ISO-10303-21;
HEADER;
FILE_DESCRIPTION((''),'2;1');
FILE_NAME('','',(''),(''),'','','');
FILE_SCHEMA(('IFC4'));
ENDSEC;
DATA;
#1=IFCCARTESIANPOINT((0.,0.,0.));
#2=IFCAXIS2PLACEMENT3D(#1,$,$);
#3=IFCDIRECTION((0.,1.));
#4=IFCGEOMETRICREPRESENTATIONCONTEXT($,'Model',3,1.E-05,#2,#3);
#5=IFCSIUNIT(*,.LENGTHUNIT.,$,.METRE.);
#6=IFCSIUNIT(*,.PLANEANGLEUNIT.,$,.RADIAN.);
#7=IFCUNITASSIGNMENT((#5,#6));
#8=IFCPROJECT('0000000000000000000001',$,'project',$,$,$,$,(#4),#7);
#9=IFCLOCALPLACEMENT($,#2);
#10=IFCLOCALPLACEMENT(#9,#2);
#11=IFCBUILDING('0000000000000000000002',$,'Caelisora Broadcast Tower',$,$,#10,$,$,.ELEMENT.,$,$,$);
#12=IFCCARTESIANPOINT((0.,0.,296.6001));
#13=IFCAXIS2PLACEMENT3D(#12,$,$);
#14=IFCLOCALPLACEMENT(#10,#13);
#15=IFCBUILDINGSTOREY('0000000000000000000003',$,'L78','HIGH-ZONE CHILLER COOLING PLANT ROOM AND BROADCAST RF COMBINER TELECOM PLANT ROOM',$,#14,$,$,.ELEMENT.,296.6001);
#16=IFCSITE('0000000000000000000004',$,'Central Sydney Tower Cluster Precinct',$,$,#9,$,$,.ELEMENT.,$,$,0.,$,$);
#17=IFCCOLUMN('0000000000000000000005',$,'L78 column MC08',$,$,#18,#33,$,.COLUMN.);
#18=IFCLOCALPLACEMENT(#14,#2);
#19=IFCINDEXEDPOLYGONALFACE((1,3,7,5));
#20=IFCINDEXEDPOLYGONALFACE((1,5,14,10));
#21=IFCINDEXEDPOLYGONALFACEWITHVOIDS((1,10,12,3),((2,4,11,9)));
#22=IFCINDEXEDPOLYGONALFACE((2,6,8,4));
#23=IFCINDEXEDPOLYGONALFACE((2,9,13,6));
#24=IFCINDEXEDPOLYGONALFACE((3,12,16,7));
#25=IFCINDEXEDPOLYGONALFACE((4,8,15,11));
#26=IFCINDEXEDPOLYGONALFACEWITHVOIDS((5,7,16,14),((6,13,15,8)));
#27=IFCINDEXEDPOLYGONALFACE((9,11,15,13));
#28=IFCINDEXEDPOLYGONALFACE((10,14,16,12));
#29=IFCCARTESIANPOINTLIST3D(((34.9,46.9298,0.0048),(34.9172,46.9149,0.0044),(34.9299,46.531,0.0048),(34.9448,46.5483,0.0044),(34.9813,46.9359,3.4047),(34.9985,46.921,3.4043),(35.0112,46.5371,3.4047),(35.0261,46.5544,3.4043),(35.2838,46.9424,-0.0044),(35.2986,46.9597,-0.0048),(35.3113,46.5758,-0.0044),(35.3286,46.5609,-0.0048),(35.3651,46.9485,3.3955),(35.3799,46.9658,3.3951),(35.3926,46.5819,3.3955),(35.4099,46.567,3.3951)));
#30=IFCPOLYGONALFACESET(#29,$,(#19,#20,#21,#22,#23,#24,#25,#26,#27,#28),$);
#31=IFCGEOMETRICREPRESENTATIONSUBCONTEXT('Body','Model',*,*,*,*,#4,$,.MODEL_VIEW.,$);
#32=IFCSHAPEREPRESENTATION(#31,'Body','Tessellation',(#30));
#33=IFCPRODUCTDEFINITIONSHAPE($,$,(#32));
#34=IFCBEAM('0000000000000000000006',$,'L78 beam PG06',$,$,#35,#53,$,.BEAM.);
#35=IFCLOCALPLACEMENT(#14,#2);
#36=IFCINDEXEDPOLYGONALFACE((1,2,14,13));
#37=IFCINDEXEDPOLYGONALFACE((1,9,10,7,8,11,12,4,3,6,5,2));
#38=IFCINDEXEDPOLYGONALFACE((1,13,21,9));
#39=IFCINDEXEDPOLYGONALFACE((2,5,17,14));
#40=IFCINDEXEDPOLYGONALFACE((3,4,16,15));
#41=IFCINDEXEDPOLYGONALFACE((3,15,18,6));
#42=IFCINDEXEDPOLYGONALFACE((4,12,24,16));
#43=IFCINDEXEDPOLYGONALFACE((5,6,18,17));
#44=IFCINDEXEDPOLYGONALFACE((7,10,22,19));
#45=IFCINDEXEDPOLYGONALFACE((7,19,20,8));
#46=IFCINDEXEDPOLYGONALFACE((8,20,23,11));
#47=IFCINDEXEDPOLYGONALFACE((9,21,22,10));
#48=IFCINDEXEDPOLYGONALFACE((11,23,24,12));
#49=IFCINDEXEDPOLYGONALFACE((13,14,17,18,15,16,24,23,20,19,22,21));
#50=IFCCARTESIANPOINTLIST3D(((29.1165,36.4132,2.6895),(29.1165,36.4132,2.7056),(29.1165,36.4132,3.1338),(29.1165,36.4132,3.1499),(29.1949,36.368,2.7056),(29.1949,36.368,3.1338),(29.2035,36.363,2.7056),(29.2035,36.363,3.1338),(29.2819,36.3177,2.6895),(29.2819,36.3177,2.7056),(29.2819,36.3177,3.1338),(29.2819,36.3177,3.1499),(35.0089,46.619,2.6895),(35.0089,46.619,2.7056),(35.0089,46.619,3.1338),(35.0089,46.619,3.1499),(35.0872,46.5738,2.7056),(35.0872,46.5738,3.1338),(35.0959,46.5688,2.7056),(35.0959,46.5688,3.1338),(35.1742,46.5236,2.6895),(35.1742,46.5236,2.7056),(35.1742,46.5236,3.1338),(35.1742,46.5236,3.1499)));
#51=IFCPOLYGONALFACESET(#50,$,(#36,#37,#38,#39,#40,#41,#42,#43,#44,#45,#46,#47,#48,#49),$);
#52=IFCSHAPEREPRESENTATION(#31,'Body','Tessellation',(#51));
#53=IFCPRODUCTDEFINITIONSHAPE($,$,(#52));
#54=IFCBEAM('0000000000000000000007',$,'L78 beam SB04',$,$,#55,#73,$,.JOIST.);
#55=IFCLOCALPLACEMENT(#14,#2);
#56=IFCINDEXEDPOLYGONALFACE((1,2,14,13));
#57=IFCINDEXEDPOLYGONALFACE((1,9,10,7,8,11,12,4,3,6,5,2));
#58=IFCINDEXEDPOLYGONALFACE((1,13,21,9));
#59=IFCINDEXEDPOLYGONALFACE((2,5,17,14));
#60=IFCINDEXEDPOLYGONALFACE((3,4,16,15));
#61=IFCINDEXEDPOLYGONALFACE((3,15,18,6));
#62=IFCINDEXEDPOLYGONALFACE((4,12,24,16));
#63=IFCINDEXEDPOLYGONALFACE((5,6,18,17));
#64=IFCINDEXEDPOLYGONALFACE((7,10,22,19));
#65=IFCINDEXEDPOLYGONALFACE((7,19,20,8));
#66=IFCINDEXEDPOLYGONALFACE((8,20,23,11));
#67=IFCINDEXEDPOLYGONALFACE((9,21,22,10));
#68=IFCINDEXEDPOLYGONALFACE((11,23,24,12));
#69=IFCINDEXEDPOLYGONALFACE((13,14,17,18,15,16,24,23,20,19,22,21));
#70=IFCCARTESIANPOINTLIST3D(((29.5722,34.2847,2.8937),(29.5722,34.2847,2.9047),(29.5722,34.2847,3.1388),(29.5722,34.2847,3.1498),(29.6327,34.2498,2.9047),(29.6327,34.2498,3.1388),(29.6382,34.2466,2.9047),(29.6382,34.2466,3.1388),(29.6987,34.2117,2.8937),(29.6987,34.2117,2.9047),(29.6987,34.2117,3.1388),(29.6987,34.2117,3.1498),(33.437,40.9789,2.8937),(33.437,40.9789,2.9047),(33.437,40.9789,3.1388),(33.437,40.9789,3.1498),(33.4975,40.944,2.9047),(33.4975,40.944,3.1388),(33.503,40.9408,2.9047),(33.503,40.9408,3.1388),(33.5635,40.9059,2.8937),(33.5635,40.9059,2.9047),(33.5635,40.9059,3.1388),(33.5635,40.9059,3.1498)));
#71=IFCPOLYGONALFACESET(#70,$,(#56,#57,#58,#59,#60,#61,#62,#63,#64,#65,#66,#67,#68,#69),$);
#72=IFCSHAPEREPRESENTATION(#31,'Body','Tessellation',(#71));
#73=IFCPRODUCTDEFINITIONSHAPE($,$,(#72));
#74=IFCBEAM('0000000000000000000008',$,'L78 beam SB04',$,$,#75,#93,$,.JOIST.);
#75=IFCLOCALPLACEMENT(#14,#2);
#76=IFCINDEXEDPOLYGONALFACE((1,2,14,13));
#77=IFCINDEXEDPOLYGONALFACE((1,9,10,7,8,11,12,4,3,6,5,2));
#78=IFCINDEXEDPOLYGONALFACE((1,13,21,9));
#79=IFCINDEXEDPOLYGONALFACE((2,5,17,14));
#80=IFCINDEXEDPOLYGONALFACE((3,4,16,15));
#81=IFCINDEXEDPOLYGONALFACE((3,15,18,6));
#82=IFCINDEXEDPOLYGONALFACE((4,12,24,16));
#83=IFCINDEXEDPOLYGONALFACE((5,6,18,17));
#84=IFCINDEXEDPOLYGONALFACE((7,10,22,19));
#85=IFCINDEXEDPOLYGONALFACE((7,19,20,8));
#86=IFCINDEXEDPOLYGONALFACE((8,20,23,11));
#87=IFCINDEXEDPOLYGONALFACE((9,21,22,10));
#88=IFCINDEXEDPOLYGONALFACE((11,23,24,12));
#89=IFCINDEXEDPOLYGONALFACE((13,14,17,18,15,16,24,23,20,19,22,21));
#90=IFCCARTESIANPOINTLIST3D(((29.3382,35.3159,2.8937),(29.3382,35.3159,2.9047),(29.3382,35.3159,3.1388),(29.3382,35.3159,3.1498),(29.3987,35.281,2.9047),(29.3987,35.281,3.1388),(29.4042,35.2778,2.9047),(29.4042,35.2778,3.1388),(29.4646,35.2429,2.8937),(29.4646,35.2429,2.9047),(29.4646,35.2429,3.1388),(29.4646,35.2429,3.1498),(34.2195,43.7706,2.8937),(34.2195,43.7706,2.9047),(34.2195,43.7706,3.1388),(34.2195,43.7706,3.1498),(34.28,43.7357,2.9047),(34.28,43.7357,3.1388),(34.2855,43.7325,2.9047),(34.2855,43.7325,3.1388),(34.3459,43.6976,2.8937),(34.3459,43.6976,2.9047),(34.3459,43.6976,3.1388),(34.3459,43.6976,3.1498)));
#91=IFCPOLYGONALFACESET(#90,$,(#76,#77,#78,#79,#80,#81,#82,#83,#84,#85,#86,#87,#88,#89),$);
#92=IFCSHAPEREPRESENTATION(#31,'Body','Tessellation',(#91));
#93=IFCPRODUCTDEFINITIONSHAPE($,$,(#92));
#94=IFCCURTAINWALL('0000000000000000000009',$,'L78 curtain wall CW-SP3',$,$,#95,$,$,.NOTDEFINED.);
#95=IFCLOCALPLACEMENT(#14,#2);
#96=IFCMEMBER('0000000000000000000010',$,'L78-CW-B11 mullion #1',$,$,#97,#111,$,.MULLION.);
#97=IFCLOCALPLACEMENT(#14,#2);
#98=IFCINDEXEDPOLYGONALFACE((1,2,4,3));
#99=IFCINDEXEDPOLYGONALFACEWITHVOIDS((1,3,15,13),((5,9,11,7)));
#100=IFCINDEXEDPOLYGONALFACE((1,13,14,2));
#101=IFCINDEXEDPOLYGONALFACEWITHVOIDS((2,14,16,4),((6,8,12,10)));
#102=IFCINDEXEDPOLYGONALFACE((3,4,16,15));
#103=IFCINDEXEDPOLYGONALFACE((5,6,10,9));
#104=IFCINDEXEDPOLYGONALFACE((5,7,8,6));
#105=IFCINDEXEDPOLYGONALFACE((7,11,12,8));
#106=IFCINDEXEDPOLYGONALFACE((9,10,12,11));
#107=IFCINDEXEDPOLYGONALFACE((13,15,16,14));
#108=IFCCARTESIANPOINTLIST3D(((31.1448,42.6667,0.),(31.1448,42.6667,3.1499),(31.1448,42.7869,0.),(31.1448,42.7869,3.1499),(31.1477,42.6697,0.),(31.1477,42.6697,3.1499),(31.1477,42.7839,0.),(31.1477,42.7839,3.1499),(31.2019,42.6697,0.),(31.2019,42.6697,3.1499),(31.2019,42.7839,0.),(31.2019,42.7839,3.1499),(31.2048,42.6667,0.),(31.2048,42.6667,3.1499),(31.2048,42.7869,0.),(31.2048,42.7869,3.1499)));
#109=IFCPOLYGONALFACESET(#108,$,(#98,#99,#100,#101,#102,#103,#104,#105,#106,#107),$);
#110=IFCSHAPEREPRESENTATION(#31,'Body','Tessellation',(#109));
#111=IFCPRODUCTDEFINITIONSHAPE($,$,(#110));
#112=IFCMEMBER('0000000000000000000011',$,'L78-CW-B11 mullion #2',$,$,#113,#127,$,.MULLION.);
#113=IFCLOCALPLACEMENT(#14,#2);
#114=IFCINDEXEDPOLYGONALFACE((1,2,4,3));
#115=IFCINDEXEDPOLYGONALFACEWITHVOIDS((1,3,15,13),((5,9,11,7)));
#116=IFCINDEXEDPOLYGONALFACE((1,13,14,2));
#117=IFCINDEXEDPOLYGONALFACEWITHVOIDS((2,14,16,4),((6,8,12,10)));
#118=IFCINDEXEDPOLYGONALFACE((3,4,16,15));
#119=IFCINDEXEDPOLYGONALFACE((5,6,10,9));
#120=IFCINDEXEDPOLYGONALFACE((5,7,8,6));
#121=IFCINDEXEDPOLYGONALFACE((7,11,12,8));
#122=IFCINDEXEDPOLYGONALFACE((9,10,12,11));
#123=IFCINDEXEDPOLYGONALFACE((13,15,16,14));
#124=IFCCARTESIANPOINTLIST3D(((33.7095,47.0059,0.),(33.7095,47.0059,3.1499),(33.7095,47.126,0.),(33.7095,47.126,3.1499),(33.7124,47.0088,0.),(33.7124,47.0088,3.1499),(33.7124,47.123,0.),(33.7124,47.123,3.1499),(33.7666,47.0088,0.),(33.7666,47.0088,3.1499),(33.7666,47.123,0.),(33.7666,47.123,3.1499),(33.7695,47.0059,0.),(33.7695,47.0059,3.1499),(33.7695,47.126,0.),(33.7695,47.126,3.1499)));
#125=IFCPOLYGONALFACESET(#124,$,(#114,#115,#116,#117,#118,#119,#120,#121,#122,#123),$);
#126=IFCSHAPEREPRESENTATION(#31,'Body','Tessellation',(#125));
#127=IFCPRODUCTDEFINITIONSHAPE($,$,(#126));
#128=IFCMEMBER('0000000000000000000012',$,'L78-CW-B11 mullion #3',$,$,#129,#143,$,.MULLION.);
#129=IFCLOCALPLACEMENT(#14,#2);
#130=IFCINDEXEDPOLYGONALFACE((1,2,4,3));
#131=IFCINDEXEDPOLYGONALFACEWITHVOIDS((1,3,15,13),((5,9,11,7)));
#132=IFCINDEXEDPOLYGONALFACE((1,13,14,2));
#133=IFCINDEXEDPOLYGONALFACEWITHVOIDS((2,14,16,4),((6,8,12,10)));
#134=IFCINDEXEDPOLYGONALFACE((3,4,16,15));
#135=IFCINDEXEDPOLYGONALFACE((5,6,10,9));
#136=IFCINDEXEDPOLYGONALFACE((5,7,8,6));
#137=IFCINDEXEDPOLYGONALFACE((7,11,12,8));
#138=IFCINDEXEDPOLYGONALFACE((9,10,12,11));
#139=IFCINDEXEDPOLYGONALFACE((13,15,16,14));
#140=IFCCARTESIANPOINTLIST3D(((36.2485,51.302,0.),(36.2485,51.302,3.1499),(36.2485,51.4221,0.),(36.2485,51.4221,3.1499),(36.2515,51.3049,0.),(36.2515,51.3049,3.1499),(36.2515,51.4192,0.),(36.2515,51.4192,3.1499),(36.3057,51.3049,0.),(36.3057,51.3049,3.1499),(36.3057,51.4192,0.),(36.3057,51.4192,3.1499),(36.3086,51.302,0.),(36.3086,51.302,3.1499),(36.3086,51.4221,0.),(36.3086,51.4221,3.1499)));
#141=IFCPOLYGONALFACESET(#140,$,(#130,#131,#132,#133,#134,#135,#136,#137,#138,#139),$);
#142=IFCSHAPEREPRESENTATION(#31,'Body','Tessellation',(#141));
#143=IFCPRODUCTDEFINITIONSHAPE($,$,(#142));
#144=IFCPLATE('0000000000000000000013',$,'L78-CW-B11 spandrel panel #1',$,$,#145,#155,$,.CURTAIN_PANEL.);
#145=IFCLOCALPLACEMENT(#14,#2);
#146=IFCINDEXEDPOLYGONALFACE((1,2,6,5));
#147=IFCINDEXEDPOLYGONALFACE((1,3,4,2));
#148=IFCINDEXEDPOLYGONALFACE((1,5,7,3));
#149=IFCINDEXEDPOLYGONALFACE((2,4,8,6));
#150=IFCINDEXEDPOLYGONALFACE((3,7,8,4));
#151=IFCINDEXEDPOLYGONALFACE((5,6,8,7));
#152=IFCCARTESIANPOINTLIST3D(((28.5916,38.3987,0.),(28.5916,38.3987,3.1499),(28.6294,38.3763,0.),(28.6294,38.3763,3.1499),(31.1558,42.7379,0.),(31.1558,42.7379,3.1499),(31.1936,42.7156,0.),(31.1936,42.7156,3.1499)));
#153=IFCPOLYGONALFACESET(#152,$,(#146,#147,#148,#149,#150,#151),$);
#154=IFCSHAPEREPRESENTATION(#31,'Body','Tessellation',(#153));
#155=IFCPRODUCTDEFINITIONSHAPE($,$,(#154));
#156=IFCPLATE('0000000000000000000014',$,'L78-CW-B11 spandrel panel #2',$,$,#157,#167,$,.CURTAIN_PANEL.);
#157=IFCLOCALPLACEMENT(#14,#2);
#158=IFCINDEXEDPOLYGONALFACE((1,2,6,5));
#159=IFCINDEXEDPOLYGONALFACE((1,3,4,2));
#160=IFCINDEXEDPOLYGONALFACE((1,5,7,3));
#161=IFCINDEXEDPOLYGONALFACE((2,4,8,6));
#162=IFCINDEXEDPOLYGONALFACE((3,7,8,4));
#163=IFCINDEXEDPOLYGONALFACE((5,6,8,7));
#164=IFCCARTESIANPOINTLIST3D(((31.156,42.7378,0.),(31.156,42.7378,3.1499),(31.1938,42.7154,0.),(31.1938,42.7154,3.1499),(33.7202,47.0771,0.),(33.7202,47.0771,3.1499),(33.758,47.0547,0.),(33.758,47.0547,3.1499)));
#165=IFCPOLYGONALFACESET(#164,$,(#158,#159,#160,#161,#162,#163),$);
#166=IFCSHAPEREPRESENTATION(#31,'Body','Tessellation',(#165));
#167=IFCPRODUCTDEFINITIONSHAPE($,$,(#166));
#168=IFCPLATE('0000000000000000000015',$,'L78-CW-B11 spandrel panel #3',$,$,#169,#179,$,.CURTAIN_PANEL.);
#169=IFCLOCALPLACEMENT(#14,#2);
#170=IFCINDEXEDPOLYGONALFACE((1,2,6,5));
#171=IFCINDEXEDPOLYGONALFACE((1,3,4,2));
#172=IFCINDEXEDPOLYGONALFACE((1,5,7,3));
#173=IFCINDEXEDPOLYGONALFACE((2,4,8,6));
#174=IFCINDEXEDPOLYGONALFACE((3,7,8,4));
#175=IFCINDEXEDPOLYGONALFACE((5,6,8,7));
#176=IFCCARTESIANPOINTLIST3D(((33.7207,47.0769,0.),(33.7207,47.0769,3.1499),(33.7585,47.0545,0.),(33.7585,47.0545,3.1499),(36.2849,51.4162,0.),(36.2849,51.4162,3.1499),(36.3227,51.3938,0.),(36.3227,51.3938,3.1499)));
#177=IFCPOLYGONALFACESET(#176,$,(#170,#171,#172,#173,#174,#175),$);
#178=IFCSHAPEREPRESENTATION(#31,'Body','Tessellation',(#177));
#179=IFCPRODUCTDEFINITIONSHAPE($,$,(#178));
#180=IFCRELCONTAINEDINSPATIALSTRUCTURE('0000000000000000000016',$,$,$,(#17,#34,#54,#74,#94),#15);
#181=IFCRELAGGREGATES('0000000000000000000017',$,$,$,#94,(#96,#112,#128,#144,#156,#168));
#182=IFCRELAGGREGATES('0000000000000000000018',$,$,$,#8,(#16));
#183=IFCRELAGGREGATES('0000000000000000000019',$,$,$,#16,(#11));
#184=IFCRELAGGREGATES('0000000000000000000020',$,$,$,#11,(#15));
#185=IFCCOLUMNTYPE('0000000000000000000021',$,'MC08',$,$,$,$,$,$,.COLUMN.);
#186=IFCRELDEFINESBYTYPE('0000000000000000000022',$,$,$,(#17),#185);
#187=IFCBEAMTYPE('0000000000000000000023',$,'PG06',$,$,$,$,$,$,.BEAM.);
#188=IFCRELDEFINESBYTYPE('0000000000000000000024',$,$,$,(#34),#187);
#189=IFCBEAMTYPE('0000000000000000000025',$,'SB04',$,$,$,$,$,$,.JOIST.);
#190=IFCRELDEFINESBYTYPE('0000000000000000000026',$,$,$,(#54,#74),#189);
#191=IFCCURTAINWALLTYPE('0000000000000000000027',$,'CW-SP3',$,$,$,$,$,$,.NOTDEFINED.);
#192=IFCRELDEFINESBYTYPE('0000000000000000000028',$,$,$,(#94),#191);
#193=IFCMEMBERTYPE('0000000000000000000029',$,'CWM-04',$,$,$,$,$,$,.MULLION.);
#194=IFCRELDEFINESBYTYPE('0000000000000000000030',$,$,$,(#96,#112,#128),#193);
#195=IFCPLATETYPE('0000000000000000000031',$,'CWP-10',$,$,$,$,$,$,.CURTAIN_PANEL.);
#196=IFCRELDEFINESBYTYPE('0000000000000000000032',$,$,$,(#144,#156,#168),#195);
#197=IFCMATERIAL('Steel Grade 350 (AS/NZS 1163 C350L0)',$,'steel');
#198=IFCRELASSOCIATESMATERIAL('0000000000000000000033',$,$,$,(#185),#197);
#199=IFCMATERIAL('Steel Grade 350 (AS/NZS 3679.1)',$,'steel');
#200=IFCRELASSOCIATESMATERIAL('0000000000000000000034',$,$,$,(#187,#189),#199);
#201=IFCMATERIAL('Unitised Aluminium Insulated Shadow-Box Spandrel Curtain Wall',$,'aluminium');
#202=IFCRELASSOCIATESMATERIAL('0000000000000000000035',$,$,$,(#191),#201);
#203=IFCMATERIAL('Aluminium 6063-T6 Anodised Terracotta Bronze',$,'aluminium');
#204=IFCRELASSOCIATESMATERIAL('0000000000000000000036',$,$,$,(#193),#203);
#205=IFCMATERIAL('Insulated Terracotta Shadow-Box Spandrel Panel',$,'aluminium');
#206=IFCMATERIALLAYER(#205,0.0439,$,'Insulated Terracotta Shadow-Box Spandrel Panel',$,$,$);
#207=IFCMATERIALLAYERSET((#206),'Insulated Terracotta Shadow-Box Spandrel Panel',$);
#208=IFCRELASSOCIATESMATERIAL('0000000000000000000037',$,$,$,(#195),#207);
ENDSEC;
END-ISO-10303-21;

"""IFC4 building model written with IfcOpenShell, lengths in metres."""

from ifc_helpers import new_model, si_unit, direction, frame, origin, origin_2d, place, context, subcontext, project, spatial, rectangle, hollow_rectangle, i_section, extrude, source, transform, mapped, material, layer, layer_set, material_profile, profile_set, type_object, type_shapes, element, aggregate, save


model = new_model("IFC4")

# Units and contexts
model_context = context("Model", 3, precision=1e-05, world=origin(), true_north=direction((0.0, 1.0)))
body_context = subcontext(model_context, "Body", "Model", "MODEL_VIEW")
ifc_project = project(units=[si_unit("LENGTHUNIT", "METRE"), si_unit("PLANEANGLEUNIT", "RADIAN")], contexts=[model_context])

# Site, building, storey
site_placement = place(None, origin())
site = spatial("IfcSite", under=ifc_project, at=site_placement, Name="Central Sydney Tower Cluster Precinct", CompositionType="ELEMENT", RefElevation=0.0)
building_placement = place(site_placement, origin())
building = spatial("IfcBuilding", under=site, at=building_placement, Name="Caelisora Broadcast Tower", CompositionType="ELEMENT")
storey_placement = place(building_placement, frame((0.0, 0.0, 296.6001)))
storey = spatial("IfcBuildingStorey", under=building, at=storey_placement, Name="L78", Description="HIGH-ZONE CHILLER COOLING PLANT ROOM AND BROADCAST RF COMBINER TELECOM PLANT ROOM", CompositionType="ELEMENT", Elevation=296.6001)

# Column
ifc_material_1 = material(Name="Steel Grade 350 (AS/NZS 1163 C350L0)", Category="steel")
ifc_material_profile_1 = material_profile(ifc_material_1, hollow_rectangle(XDim=0.3999, YDim=0.3999, WallThickness=0.0161, at=origin_2d()), Name="Steel Grade 350 (AS/NZS 1163 C350L0)")
ifc_profile_set_1 = profile_set([ifc_material_profile_1], Name="Steel Grade 350 (AS/NZS 1163 C350L0)")
column_type = type_object("IfcColumnType", Name="MC08", PredefinedType="COLUMN", material=ifc_profile_set_1)
shared_shape_1 = source(origin(), body_context, "Body", "SweptSolid", [
    extrude(hollow_rectangle(XDim=0.3999, YDim=0.3999, WallThickness=0.0161, at=origin_2d()), origin(), (0.0, 0.0, 1.0), 3.4009),
])
type_shapes(column_type, [shared_shape_1])
column_placement = place(storey_placement, frame((35.1143, 46.7454, 0.0), z_axis=(0.023905, 0.001795, 0.999713), x_axis=(-0.074864, 0.997194, 0.0)))
element("IfcColumn", 1, at=column_placement, inside=storey, type_object=column_type, Name="L78 column MC08", PredefinedType="COLUMN", context=body_context, shape_type="MappedRepresentation", body=[
    mapped(shared_shape_1, transform((0.0, 0.0, 0.0), scale=1.0)),
])

# Beams
ifc_material_2 = material(Name="Steel Grade 350 (AS/NZS 3679.1)", Category="steel")
ifc_material_profile_2 = material_profile(ifc_material_2, i_section(OverallWidth=0.1909, OverallDepth=0.4604, WebThickness=0.01, FlangeThickness=0.0161, at=origin_2d()), Name="Steel Grade 350 (AS/NZS 3679.1)")
ifc_profile_set_2 = profile_set([ifc_material_profile_2], Name="Steel Grade 350 (AS/NZS 3679.1)")
beam_type_1 = type_object("IfcBeamType", Name="PG06", PredefinedType="BEAM", material=ifc_profile_set_2)
shared_shape_2 = source(origin(), body_context, "Body", "SweptSolid", [
    extrude(i_section(OverallWidth=0.1909, OverallDepth=0.4604, WebThickness=0.01, FlangeThickness=0.0161, at=origin_2d()), origin(), (0.0, 0.0, 1.0), 11.7847),
])
type_shapes(beam_type_1, [shared_shape_2])
beam_1_placement = place(storey_placement, frame((35.0916, 46.5713, 2.9197), z_axis=(-0.5, -0.866025, 0.0), x_axis=(0.866025, -0.5, 0.0)))
element("IfcBeam", 2, at=beam_1_placement, inside=storey, type_object=beam_type_1, Name="L78 beam PG06", PredefinedType="BEAM", context=body_context, shape_type="MappedRepresentation", body=[
    mapped(shared_shape_2, transform((0.0, 0.0, 0.0), scale=1.0)),
])
ifc_material_profile_3 = material_profile(ifc_material_2, i_section(OverallWidth=0.146, OverallDepth=0.2561, WebThickness=0.0063, FlangeThickness=0.011, at=origin_2d()), Name="Steel Grade 350 (AS/NZS 3679.1)")
ifc_profile_set_3 = profile_set([ifc_material_profile_3], Name="Steel Grade 350 (AS/NZS 3679.1)")
beam_type_2 = type_object("IfcBeamType", Name="SB04", PredefinedType="JOIST", material=ifc_profile_set_3)
shared_shape_3 = source(origin(), body_context, "Body", "SweptSolid", [
    extrude(i_section(OverallWidth=0.146, OverallDepth=0.2561, WebThickness=0.0063, FlangeThickness=0.011, at=origin_2d()), origin(), (0.0, 0.0, 1.0), 7.7297),
])
beam_2_placement = place(storey_placement, frame((33.5002, 40.9424, 3.0217), z_axis=(-0.499991, -0.86603, 0.0), x_axis=(0.86603, -0.499991, 0.0)))
element("IfcBeam", 3, at=beam_2_placement, inside=storey, type_object=beam_type_2, Name="L78 beam SB04", PredefinedType="JOIST", context=body_context, shape_type="MappedRepresentation", body=[
    mapped(shared_shape_3, transform((0.0, 0.0, 0.0), scale=1.0)),
])
shared_shape_4 = source(origin(), body_context, "Body", "SweptSolid", [
    extrude(i_section(OverallWidth=0.146, OverallDepth=0.2561, WebThickness=0.0063, FlangeThickness=0.011, at=origin_2d()), origin(), (0.0, 0.0, 1.0), 9.7627),
])
type_shapes(beam_type_2, [shared_shape_3, shared_shape_4])
beam_3_placement = place(storey_placement, frame((34.2827, 43.7341, 3.0217), z_axis=(-0.499996, -0.866028, 0.0), x_axis=(0.866028, -0.499996, 0.0)))
element("IfcBeam", 4, at=beam_3_placement, inside=storey, type_object=beam_type_2, Name="L78 beam SB04", PredefinedType="JOIST", context=body_context, shape_type="MappedRepresentation", body=[
    mapped(shared_shape_4, transform((0.0, 0.0, 0.0), scale=1.0)),
])

# Curtain wall, members, plates
ifc_material_3 = material(Name="Unitised Aluminium Insulated Shadow-Box Spandrel Curtain Wall", Category="aluminium")
curtain_wall_type = type_object("IfcCurtainWallType", Name="CW-SP3", PredefinedType="NOTDEFINED", material=ifc_material_3)
curtain_wall_placement = place(storey_placement, origin())
curtain_wall = element("IfcCurtainWall", 5, at=curtain_wall_placement, inside=storey, type_object=curtain_wall_type, Name="L78 curtain wall CW-SP3", PredefinedType="NOTDEFINED")
ifc_material_4 = material(Name="Aluminium 6063-T6 Anodised Terracotta Bronze", Category="aluminium")
ifc_material_profile_4 = material_profile(ifc_material_4, hollow_rectangle(XDim=0.0601, YDim=0.1201, WallThickness=0.0029, at=origin_2d()), Name="Aluminium 6063-T6 Anodised Terracotta Bronze")
ifc_profile_set_4 = profile_set([ifc_material_profile_4], Name="Aluminium 6063-T6 Anodised Terracotta Bronze")
member_type = type_object("IfcMemberType", Name="CWM-04", PredefinedType="MULLION", material=ifc_profile_set_4)
shared_shape_5 = source(origin(), body_context, "Body", "SweptSolid", [
    extrude(hollow_rectangle(XDim=0.0601, YDim=0.1201, WallThickness=0.0029, at=origin_2d()), origin(), (0.0, 0.0, 1.0), 3.1499),
])
type_shapes(member_type, [shared_shape_5])
member_1_placement = place(storey_placement, frame((31.1748, 42.7268, 0.0), z_axis=(0.0, 0.0, 1.0), x_axis=(1.0, 0.0, 0.0)))
member_1 = element("IfcMember", 6, at=member_1_placement, type_object=member_type, Name="L78-CW-B11 mullion #1", PredefinedType="MULLION", context=body_context, shape_type="MappedRepresentation", body=[
    mapped(shared_shape_5, transform((0.0, 0.0, 0.0), scale=1.0)),
])
member_2_placement = place(storey_placement, frame((33.7395, 47.0659, 0.0), z_axis=(0.0, 0.0, 1.0), x_axis=(1.0, 0.0, 0.0)))
member_2 = element("IfcMember", 7, at=member_2_placement, type_object=member_type, Name="L78-CW-B11 mullion #2", PredefinedType="MULLION", context=body_context, shape_type="MappedRepresentation", body=[
    mapped(shared_shape_5, transform((0.0, 0.0, 0.0), scale=1.0)),
])
member_3_placement = place(storey_placement, frame((36.2786, 51.3621, 0.0), z_axis=(0.0, 0.0, 1.0), x_axis=(1.0, 0.0, 0.0)))
member_3 = element("IfcMember", 8, at=member_3_placement, type_object=member_type, Name="L78-CW-B11 mullion #3", PredefinedType="MULLION", context=body_context, shape_type="MappedRepresentation", body=[
    mapped(shared_shape_5, transform((0.0, 0.0, 0.0), scale=1.0)),
])
ifc_material_5 = material(Name="Insulated Terracotta Shadow-Box Spandrel Panel", Category="aluminium")
ifc_layer_1 = layer(ifc_material_5, 0.0439, Name="Insulated Terracotta Shadow-Box Spandrel Panel")
ifc_layer_set_1 = layer_set([ifc_layer_1], Name="Insulated Terracotta Shadow-Box Spandrel Panel")
plate_type = type_object("IfcPlateType", Name="CWP-10", PredefinedType="CURTAIN_PANEL", material=ifc_layer_set_1)
shared_shape_6 = source(origin(), body_context, "Body", "SweptSolid", [
    extrude(rectangle(XDim=5.0403, YDim=0.0439, at=origin_2d()), origin(), (0.0, 0.0, 1.0), 3.1499),
])
type_shapes(plate_type, [shared_shape_6])
plate_1_placement = place(storey_placement, frame((29.8926, 40.5571, 0.0), z_axis=(0.0, 0.0, 1.0), x_axis=(0.508741, 0.86092, 0.0)))
plate_1 = element("IfcPlate", 9, at=plate_1_placement, type_object=plate_type, Name="L78-CW-B11 spandrel panel #1", PredefinedType="CURTAIN_PANEL", context=body_context, shape_type="MappedRepresentation", body=[
    mapped(shared_shape_6, transform((0.0, 0.0, 0.0), scale=1.0)),
])
plate_2_placement = place(storey_placement, frame((32.457, 44.8962, 0.0), z_axis=(0.0, 0.0, 1.0), x_axis=(0.508741, 0.86092, 0.0)))
plate_2 = element("IfcPlate", 10, at=plate_2_placement, type_object=plate_type, Name="L78-CW-B11 spandrel panel #2", PredefinedType="CURTAIN_PANEL", context=body_context, shape_type="MappedRepresentation", body=[
    mapped(shared_shape_6, transform((0.0, 0.0, 0.0), scale=1.0)),
])
plate_3_placement = place(storey_placement, frame((35.0217, 49.2354, 0.0), z_axis=(0.0, 0.0, 1.0), x_axis=(0.508741, 0.86092, 0.0)))
plate_3 = element("IfcPlate", 11, at=plate_3_placement, type_object=plate_type, Name="L78-CW-B11 spandrel panel #3", PredefinedType="CURTAIN_PANEL", context=body_context, shape_type="MappedRepresentation", body=[
    mapped(shared_shape_6, transform((0.0, 0.0, 0.0), scale=1.0)),
])
aggregate(curtain_wall, [member_1, member_2, member_3, plate_1, plate_2, plate_3])

save(model, "model.ifc")
